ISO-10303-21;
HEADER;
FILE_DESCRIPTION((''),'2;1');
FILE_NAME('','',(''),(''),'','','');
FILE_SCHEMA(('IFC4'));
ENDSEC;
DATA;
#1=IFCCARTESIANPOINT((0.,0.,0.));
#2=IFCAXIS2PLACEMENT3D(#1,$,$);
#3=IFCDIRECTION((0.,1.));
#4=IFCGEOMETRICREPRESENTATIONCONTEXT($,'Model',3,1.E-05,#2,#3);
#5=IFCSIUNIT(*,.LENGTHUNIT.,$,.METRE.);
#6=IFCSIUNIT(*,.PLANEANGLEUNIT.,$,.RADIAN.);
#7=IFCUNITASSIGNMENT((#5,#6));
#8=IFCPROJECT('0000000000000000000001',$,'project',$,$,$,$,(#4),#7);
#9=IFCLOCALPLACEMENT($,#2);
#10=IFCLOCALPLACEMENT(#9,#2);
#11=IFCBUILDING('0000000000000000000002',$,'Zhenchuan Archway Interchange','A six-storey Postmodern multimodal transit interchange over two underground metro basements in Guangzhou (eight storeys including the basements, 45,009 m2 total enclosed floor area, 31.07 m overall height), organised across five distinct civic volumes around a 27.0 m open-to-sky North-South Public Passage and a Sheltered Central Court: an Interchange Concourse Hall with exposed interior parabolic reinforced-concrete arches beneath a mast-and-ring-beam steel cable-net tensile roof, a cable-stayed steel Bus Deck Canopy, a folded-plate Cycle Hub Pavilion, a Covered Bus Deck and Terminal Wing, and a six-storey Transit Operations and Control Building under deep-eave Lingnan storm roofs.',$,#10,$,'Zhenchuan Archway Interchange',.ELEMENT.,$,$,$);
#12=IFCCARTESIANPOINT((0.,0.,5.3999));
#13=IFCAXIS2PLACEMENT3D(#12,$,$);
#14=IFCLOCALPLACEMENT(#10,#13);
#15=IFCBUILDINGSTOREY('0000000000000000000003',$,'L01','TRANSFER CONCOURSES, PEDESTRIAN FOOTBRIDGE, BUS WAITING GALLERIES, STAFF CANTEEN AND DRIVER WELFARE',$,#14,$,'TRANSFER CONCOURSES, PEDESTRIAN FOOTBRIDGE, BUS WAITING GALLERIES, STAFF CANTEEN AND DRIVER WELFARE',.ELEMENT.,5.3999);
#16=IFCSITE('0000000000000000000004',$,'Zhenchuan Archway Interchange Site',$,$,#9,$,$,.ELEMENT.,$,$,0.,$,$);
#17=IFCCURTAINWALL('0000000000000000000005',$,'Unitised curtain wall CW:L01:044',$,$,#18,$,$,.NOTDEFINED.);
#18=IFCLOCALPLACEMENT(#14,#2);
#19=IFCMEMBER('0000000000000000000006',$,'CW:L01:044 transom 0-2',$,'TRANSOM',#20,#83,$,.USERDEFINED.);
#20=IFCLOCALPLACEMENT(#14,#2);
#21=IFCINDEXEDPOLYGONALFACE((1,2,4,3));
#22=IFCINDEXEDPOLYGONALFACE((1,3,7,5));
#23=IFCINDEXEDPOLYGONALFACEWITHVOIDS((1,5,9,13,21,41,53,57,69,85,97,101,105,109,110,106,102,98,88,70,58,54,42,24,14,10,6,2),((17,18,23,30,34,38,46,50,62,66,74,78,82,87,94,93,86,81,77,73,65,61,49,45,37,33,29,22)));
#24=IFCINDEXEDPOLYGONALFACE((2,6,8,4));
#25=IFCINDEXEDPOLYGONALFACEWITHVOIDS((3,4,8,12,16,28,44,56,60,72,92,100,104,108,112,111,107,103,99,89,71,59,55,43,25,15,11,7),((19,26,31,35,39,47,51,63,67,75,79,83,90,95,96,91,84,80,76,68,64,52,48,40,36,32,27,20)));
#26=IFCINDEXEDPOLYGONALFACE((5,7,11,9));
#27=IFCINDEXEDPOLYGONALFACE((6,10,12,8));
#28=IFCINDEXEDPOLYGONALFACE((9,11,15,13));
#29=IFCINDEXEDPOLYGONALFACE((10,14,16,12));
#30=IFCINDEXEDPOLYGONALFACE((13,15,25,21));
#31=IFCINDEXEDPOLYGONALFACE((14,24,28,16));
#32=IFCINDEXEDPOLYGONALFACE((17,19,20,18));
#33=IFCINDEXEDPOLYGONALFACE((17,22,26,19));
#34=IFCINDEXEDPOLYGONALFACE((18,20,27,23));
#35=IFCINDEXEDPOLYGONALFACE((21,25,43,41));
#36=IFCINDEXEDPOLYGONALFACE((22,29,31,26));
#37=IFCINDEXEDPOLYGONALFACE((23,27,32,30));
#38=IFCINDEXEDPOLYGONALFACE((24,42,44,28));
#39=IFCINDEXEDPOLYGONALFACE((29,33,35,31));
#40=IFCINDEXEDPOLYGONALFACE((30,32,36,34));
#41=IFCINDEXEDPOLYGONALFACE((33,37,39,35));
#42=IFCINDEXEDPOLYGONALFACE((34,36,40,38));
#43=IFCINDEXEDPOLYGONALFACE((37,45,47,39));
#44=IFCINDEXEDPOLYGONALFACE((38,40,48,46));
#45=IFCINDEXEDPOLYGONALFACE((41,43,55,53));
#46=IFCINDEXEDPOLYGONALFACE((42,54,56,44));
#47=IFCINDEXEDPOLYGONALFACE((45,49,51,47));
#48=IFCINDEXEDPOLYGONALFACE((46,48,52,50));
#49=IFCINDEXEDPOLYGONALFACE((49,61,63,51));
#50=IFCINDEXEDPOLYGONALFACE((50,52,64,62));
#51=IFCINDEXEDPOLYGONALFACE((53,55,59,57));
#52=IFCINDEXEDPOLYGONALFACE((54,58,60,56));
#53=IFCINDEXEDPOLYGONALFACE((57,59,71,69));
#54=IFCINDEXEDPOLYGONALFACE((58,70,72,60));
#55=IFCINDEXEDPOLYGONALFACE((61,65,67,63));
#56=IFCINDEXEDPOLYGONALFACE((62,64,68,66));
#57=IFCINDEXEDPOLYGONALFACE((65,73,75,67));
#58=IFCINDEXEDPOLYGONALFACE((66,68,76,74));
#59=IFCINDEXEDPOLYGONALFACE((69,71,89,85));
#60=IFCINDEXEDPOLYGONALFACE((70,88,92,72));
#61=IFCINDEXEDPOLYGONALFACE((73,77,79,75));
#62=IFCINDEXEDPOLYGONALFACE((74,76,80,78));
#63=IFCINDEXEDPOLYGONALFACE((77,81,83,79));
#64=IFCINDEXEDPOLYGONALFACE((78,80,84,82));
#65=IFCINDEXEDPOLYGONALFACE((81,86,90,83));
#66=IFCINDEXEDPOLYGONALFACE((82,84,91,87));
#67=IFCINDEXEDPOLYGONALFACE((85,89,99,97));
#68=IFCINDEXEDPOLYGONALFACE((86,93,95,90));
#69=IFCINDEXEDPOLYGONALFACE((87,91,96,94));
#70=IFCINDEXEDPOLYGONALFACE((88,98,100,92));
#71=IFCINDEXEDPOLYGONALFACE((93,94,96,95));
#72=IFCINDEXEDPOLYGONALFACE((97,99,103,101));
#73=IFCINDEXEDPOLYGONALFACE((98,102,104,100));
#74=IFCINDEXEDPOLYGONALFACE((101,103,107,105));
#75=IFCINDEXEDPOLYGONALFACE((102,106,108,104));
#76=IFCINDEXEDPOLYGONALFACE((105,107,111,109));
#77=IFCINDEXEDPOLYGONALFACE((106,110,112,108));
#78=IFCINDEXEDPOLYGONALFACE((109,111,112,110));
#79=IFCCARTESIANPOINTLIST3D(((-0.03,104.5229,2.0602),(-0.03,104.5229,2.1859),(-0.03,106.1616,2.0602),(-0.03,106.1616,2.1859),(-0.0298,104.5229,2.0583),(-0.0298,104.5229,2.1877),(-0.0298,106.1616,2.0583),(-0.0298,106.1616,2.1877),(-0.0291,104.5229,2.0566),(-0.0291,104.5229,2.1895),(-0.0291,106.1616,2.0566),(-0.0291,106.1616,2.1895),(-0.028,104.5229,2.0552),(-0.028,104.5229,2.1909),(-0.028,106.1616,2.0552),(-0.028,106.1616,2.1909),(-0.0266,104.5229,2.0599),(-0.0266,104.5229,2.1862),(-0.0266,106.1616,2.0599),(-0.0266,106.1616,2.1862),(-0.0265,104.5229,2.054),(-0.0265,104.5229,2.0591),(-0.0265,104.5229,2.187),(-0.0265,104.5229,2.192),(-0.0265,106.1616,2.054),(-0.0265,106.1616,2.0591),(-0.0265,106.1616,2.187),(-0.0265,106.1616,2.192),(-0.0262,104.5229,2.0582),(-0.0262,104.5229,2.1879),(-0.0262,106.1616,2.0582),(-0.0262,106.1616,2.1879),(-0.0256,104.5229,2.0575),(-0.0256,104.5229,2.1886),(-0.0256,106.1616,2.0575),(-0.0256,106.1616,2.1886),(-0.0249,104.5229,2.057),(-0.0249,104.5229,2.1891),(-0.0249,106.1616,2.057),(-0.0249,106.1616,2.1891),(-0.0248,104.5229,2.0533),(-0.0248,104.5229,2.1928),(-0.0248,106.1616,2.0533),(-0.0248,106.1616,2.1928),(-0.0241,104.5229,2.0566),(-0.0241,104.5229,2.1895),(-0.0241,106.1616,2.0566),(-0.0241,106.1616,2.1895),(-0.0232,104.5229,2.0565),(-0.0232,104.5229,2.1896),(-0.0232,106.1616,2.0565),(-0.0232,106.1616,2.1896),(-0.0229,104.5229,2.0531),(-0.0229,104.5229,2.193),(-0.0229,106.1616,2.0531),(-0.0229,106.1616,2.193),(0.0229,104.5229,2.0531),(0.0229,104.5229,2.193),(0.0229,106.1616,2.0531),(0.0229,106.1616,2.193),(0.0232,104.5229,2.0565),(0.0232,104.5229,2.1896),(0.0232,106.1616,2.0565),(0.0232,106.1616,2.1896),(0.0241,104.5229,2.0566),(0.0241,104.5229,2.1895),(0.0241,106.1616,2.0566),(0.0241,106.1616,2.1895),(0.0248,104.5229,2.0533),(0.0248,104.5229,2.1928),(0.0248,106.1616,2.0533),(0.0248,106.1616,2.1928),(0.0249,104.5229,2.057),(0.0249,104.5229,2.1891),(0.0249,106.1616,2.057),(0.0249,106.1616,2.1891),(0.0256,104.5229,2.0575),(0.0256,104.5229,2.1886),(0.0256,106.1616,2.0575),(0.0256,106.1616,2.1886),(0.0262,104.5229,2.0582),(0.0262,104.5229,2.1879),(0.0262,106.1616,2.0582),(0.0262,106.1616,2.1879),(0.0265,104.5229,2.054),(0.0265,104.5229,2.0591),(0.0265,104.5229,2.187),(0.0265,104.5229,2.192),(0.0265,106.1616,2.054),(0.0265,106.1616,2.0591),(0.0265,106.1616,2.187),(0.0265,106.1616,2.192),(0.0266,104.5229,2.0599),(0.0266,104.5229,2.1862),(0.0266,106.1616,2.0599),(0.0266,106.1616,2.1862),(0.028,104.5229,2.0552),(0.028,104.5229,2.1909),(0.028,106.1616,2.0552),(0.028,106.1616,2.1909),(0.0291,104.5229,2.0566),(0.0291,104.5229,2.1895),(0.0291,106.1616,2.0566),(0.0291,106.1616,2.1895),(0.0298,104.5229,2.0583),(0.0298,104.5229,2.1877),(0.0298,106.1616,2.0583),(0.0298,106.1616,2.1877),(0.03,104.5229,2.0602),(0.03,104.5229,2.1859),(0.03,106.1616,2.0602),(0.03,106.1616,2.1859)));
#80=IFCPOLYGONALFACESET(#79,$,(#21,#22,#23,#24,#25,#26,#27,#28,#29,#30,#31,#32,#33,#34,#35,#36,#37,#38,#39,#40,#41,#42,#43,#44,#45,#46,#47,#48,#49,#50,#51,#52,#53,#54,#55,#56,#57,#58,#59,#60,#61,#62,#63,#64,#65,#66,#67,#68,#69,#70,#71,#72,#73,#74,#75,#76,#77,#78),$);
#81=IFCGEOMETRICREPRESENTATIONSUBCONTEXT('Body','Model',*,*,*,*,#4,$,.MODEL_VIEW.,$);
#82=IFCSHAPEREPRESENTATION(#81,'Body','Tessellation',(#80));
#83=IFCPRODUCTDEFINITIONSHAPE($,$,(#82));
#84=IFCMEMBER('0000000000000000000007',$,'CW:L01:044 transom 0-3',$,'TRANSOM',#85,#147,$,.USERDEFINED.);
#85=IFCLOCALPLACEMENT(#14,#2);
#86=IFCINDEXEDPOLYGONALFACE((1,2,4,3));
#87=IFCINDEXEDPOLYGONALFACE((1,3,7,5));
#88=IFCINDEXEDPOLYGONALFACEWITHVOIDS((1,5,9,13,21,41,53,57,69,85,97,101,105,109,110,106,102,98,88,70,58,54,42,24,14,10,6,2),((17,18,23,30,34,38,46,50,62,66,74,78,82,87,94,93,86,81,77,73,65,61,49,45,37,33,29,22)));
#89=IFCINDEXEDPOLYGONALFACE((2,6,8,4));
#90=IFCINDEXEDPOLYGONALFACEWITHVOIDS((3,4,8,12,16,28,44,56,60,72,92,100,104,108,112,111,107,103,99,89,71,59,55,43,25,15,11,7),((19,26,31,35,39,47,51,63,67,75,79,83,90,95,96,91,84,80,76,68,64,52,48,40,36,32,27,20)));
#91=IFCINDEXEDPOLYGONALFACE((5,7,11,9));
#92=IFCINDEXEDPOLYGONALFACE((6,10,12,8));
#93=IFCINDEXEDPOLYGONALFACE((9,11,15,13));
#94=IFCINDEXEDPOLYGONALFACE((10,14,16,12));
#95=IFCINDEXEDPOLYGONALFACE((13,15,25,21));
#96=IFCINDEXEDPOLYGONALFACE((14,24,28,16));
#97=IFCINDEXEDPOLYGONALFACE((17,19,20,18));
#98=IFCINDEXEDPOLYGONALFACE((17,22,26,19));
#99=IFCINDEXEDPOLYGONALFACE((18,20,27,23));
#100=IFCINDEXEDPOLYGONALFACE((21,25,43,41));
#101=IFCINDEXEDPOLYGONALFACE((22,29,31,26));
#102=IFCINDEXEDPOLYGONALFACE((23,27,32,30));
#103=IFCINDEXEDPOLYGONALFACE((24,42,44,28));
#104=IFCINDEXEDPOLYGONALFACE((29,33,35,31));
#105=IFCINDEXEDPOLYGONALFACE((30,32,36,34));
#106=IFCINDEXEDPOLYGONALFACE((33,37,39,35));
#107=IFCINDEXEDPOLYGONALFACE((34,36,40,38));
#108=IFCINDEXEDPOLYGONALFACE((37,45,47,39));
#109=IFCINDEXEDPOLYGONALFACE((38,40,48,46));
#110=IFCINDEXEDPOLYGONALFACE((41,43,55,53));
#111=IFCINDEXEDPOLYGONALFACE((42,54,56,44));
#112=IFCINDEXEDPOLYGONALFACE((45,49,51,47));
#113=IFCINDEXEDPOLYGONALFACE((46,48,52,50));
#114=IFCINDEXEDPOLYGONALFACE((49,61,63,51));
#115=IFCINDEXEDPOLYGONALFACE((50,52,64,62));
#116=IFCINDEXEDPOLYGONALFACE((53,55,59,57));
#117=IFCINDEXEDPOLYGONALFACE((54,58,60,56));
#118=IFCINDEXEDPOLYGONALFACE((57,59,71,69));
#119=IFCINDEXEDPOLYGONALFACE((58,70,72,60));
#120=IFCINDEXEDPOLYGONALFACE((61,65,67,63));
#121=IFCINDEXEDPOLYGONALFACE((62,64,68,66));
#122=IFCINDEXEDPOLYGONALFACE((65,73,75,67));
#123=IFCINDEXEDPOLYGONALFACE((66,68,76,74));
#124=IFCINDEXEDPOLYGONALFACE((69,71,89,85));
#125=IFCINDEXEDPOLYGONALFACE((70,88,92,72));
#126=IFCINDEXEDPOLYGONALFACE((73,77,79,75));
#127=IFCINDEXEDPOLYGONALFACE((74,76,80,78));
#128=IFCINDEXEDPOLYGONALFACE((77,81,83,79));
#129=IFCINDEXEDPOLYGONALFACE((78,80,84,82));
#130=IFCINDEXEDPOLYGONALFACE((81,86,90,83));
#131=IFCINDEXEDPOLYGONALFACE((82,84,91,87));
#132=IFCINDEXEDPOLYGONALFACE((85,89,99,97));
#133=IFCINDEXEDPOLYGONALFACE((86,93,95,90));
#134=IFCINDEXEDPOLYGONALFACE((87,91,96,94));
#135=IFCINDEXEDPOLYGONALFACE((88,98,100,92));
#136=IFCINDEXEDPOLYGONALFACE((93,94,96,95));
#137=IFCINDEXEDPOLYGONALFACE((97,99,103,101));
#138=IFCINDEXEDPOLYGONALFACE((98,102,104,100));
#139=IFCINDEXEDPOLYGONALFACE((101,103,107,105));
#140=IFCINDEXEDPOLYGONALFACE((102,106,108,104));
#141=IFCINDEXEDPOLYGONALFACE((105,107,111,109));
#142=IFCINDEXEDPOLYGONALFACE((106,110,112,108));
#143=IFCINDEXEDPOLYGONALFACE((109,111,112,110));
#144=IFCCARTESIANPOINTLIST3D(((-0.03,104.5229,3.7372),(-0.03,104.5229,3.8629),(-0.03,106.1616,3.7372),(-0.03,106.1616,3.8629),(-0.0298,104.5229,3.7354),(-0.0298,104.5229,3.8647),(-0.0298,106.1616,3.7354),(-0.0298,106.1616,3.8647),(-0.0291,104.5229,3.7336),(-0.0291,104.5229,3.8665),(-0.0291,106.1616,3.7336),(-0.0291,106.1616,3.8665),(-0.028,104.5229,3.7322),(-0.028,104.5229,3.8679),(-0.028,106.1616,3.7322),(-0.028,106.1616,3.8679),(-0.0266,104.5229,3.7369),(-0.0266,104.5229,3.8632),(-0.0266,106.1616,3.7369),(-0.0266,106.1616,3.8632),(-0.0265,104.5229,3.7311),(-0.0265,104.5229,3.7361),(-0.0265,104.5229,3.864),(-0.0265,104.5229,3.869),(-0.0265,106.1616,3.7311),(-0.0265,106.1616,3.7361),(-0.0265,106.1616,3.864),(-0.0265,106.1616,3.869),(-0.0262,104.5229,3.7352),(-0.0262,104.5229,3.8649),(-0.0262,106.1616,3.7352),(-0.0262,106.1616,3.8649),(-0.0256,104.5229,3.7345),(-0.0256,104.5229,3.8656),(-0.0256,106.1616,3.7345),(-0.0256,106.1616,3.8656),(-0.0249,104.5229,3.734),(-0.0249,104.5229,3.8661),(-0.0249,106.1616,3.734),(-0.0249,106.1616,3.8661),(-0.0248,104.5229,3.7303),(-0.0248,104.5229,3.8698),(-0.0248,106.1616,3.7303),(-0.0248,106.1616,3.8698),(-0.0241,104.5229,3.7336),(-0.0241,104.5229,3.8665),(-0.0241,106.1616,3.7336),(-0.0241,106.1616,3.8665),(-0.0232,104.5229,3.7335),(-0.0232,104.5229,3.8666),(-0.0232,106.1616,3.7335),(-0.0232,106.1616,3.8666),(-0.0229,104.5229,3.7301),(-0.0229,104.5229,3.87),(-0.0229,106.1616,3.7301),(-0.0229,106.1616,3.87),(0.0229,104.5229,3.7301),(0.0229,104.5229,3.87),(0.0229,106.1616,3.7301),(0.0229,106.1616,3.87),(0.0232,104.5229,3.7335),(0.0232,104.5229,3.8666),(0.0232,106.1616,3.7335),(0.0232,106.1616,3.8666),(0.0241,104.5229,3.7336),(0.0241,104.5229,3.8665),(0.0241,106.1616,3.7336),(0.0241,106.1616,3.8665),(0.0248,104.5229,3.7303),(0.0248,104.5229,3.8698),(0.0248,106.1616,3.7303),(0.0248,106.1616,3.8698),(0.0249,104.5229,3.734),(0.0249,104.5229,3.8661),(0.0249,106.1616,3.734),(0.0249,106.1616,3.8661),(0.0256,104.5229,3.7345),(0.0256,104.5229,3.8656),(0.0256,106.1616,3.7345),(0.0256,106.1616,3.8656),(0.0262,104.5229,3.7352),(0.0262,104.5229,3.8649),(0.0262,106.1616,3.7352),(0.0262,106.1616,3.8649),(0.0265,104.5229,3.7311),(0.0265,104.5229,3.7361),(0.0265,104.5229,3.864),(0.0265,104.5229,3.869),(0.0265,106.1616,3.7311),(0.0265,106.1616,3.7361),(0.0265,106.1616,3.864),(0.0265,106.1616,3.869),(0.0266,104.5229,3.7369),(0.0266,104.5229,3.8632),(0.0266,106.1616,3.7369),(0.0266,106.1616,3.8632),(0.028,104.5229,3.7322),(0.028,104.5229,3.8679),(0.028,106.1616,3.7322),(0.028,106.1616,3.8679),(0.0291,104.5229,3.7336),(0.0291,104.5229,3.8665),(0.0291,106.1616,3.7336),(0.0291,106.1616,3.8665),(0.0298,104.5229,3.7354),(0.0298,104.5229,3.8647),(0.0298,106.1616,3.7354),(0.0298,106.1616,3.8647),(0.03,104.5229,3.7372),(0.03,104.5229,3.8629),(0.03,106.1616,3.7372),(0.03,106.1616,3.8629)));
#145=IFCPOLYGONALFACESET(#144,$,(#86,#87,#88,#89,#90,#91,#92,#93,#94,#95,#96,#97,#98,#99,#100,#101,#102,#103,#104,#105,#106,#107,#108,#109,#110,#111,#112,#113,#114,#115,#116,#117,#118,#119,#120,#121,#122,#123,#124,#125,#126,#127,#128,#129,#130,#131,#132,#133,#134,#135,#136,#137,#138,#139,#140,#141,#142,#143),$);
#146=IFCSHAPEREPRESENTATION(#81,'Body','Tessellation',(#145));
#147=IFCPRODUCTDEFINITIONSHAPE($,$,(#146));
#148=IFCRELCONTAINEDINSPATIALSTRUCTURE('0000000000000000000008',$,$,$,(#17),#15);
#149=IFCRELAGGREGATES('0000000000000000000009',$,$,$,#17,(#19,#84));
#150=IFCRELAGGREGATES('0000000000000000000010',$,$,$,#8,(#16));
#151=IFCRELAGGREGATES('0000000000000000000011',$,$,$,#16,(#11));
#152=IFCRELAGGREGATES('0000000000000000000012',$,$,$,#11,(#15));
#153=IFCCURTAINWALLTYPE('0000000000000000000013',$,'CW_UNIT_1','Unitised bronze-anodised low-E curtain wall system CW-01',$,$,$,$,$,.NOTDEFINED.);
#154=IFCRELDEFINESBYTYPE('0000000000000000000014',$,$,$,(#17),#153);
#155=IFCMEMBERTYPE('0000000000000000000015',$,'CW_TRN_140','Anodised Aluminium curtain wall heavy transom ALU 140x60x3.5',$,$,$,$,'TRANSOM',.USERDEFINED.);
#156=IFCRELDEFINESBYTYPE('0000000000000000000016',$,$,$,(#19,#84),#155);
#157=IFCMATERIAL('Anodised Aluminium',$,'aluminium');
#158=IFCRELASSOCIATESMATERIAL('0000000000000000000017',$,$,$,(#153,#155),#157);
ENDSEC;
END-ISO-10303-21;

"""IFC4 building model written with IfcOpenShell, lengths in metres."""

from ifc_helpers import new_model, si_unit, direction, frame, origin, origin_2d, place, context, subcontext, project, spatial, hollow_rectangle, extrude, material, material_profile, profile_set, type_object, element, aggregate, save


model = new_model("IFC4")

# Units and contexts
model_context = context("Model", 3, precision=1e-05, world=origin(), true_north=direction((0.0, 1.0)))
body_context = subcontext(model_context, "Body", "Model", "MODEL_VIEW")
ifc_project = project(units=[si_unit("LENGTHUNIT", "METRE"), si_unit("PLANEANGLEUNIT", "RADIAN")], contexts=[model_context])

# Site, building, storey
site_placement = place(None, origin())
site = spatial("IfcSite", under=ifc_project, at=site_placement, Name="Zhenchuan Archway Interchange Site", CompositionType="ELEMENT", RefElevation=0.0)
building_placement = place(site_placement, origin())
building = spatial("IfcBuilding", under=site, at=building_placement, Name="Zhenchuan Archway Interchange", Description="A six-storey Postmodern multimodal transit interchange over two underground metro basements in Guangzhou (eight storeys including the basements, 45,009 m2 total enclosed floor area, 31.07 m overall height), organised across five distinct civic volumes around a 27.0 m open-to-sky North-South Public Passage and a Sheltered Central Court: an Interchange Concourse Hall with exposed interior parabolic reinforced-concrete arches beneath a mast-and-ring-beam steel cable-net tensile roof, a cable-stayed steel Bus Deck Canopy, a folded-plate Cycle Hub Pavilion, a Covered Bus Deck and Terminal Wing, and a six-storey Transit Operations and Control Building under deep-eave Lingnan storm roofs.", LongName="Zhenchuan Archway Interchange", CompositionType="ELEMENT")
storey_placement = place(building_placement, frame((0.0, 0.0, 5.3999)))
storey = spatial("IfcBuildingStorey", under=building, at=storey_placement, Name="L01", Description="TRANSFER CONCOURSES, PEDESTRIAN FOOTBRIDGE, BUS WAITING GALLERIES, STAFF CANTEEN AND DRIVER WELFARE", LongName="TRANSFER CONCOURSES, PEDESTRIAN FOOTBRIDGE, BUS WAITING GALLERIES, STAFF CANTEEN AND DRIVER WELFARE", CompositionType="ELEMENT", Elevation=5.3999)

# Shared definitions
ifc_material_1 = material(Name="Anodised Aluminium", Category="aluminium")

# Curtain wall, members
curtain_wall_type_1 = type_object("IfcCurtainWallType", Name="CW_UNIT_1", Description="Unitised bronze-anodised low-E curtain wall system CW-01", PredefinedType="NOTDEFINED", material=ifc_material_1)
curtain_wall_1_placement = place(storey_placement, origin())
curtain_wall_1 = element("IfcCurtainWall", 1, at=curtain_wall_1_placement, inside=storey, type_object=curtain_wall_type_1, Name="Unitised curtain wall CW:L01:044", PredefinedType="NOTDEFINED")
ifc_material_profile_1 = material_profile(ifc_material_1, hollow_rectangle(XDim=0.0601, YDim=0.1399, WallThickness=0.0034, InnerFilletRadius=0.0034, OuterFilletRadius=0.0071, at=origin_2d()), Name="ALU 140x60x3.5")
ifc_profile_set_1 = profile_set([ifc_material_profile_1], Name="Anodised Aluminium")
member_type_1 = type_object("IfcMemberType", Name="CW_TRN_140", Description="Anodised Aluminium curtain wall heavy transom ALU 140x60x3.5", ElementType="TRANSOM", PredefinedType="USERDEFINED", material=ifc_profile_set_1)
member_1_placement = place(storey_placement, frame((0.0, 104.5229, 2.123), z_axis=(0.0, 1.0, 0.0), x_axis=(-1.0, 0.0, 0.0)))
member_1 = element("IfcMember", 2, at=member_1_placement, type_object=member_type_1, Name="CW:L01:044 transom 0-2", ObjectType="TRANSOM", PredefinedType="USERDEFINED", context=body_context, shape_type="SweptSolid", body=[
    extrude(hollow_rectangle(XDim=0.0601, YDim=0.1399, WallThickness=0.0034, InnerFilletRadius=0.0034, OuterFilletRadius=0.0071, at=origin_2d()), origin(), (0.0, 0.0, 1.0), 1.6387),
])
member_2_placement = place(storey_placement, frame((0.0, 104.5229, 3.8), z_axis=(0.0, 1.0, 0.0), x_axis=(-1.0, 0.0, 0.0)))
member_2 = element("IfcMember", 3, at=member_2_placement, type_object=member_type_1, Name="CW:L01:044 transom 0-3", ObjectType="TRANSOM", PredefinedType="USERDEFINED", context=body_context, shape_type="SweptSolid", body=[
    extrude(hollow_rectangle(XDim=0.0601, YDim=0.1399, WallThickness=0.0034, InnerFilletRadius=0.0034, OuterFilletRadius=0.0071, at=origin_2d()), origin(), (0.0, 0.0, 1.0), 1.6387),
])

aggregate(curtain_wall_1, [member_1, member_2])

save(model, "model.ifc")
